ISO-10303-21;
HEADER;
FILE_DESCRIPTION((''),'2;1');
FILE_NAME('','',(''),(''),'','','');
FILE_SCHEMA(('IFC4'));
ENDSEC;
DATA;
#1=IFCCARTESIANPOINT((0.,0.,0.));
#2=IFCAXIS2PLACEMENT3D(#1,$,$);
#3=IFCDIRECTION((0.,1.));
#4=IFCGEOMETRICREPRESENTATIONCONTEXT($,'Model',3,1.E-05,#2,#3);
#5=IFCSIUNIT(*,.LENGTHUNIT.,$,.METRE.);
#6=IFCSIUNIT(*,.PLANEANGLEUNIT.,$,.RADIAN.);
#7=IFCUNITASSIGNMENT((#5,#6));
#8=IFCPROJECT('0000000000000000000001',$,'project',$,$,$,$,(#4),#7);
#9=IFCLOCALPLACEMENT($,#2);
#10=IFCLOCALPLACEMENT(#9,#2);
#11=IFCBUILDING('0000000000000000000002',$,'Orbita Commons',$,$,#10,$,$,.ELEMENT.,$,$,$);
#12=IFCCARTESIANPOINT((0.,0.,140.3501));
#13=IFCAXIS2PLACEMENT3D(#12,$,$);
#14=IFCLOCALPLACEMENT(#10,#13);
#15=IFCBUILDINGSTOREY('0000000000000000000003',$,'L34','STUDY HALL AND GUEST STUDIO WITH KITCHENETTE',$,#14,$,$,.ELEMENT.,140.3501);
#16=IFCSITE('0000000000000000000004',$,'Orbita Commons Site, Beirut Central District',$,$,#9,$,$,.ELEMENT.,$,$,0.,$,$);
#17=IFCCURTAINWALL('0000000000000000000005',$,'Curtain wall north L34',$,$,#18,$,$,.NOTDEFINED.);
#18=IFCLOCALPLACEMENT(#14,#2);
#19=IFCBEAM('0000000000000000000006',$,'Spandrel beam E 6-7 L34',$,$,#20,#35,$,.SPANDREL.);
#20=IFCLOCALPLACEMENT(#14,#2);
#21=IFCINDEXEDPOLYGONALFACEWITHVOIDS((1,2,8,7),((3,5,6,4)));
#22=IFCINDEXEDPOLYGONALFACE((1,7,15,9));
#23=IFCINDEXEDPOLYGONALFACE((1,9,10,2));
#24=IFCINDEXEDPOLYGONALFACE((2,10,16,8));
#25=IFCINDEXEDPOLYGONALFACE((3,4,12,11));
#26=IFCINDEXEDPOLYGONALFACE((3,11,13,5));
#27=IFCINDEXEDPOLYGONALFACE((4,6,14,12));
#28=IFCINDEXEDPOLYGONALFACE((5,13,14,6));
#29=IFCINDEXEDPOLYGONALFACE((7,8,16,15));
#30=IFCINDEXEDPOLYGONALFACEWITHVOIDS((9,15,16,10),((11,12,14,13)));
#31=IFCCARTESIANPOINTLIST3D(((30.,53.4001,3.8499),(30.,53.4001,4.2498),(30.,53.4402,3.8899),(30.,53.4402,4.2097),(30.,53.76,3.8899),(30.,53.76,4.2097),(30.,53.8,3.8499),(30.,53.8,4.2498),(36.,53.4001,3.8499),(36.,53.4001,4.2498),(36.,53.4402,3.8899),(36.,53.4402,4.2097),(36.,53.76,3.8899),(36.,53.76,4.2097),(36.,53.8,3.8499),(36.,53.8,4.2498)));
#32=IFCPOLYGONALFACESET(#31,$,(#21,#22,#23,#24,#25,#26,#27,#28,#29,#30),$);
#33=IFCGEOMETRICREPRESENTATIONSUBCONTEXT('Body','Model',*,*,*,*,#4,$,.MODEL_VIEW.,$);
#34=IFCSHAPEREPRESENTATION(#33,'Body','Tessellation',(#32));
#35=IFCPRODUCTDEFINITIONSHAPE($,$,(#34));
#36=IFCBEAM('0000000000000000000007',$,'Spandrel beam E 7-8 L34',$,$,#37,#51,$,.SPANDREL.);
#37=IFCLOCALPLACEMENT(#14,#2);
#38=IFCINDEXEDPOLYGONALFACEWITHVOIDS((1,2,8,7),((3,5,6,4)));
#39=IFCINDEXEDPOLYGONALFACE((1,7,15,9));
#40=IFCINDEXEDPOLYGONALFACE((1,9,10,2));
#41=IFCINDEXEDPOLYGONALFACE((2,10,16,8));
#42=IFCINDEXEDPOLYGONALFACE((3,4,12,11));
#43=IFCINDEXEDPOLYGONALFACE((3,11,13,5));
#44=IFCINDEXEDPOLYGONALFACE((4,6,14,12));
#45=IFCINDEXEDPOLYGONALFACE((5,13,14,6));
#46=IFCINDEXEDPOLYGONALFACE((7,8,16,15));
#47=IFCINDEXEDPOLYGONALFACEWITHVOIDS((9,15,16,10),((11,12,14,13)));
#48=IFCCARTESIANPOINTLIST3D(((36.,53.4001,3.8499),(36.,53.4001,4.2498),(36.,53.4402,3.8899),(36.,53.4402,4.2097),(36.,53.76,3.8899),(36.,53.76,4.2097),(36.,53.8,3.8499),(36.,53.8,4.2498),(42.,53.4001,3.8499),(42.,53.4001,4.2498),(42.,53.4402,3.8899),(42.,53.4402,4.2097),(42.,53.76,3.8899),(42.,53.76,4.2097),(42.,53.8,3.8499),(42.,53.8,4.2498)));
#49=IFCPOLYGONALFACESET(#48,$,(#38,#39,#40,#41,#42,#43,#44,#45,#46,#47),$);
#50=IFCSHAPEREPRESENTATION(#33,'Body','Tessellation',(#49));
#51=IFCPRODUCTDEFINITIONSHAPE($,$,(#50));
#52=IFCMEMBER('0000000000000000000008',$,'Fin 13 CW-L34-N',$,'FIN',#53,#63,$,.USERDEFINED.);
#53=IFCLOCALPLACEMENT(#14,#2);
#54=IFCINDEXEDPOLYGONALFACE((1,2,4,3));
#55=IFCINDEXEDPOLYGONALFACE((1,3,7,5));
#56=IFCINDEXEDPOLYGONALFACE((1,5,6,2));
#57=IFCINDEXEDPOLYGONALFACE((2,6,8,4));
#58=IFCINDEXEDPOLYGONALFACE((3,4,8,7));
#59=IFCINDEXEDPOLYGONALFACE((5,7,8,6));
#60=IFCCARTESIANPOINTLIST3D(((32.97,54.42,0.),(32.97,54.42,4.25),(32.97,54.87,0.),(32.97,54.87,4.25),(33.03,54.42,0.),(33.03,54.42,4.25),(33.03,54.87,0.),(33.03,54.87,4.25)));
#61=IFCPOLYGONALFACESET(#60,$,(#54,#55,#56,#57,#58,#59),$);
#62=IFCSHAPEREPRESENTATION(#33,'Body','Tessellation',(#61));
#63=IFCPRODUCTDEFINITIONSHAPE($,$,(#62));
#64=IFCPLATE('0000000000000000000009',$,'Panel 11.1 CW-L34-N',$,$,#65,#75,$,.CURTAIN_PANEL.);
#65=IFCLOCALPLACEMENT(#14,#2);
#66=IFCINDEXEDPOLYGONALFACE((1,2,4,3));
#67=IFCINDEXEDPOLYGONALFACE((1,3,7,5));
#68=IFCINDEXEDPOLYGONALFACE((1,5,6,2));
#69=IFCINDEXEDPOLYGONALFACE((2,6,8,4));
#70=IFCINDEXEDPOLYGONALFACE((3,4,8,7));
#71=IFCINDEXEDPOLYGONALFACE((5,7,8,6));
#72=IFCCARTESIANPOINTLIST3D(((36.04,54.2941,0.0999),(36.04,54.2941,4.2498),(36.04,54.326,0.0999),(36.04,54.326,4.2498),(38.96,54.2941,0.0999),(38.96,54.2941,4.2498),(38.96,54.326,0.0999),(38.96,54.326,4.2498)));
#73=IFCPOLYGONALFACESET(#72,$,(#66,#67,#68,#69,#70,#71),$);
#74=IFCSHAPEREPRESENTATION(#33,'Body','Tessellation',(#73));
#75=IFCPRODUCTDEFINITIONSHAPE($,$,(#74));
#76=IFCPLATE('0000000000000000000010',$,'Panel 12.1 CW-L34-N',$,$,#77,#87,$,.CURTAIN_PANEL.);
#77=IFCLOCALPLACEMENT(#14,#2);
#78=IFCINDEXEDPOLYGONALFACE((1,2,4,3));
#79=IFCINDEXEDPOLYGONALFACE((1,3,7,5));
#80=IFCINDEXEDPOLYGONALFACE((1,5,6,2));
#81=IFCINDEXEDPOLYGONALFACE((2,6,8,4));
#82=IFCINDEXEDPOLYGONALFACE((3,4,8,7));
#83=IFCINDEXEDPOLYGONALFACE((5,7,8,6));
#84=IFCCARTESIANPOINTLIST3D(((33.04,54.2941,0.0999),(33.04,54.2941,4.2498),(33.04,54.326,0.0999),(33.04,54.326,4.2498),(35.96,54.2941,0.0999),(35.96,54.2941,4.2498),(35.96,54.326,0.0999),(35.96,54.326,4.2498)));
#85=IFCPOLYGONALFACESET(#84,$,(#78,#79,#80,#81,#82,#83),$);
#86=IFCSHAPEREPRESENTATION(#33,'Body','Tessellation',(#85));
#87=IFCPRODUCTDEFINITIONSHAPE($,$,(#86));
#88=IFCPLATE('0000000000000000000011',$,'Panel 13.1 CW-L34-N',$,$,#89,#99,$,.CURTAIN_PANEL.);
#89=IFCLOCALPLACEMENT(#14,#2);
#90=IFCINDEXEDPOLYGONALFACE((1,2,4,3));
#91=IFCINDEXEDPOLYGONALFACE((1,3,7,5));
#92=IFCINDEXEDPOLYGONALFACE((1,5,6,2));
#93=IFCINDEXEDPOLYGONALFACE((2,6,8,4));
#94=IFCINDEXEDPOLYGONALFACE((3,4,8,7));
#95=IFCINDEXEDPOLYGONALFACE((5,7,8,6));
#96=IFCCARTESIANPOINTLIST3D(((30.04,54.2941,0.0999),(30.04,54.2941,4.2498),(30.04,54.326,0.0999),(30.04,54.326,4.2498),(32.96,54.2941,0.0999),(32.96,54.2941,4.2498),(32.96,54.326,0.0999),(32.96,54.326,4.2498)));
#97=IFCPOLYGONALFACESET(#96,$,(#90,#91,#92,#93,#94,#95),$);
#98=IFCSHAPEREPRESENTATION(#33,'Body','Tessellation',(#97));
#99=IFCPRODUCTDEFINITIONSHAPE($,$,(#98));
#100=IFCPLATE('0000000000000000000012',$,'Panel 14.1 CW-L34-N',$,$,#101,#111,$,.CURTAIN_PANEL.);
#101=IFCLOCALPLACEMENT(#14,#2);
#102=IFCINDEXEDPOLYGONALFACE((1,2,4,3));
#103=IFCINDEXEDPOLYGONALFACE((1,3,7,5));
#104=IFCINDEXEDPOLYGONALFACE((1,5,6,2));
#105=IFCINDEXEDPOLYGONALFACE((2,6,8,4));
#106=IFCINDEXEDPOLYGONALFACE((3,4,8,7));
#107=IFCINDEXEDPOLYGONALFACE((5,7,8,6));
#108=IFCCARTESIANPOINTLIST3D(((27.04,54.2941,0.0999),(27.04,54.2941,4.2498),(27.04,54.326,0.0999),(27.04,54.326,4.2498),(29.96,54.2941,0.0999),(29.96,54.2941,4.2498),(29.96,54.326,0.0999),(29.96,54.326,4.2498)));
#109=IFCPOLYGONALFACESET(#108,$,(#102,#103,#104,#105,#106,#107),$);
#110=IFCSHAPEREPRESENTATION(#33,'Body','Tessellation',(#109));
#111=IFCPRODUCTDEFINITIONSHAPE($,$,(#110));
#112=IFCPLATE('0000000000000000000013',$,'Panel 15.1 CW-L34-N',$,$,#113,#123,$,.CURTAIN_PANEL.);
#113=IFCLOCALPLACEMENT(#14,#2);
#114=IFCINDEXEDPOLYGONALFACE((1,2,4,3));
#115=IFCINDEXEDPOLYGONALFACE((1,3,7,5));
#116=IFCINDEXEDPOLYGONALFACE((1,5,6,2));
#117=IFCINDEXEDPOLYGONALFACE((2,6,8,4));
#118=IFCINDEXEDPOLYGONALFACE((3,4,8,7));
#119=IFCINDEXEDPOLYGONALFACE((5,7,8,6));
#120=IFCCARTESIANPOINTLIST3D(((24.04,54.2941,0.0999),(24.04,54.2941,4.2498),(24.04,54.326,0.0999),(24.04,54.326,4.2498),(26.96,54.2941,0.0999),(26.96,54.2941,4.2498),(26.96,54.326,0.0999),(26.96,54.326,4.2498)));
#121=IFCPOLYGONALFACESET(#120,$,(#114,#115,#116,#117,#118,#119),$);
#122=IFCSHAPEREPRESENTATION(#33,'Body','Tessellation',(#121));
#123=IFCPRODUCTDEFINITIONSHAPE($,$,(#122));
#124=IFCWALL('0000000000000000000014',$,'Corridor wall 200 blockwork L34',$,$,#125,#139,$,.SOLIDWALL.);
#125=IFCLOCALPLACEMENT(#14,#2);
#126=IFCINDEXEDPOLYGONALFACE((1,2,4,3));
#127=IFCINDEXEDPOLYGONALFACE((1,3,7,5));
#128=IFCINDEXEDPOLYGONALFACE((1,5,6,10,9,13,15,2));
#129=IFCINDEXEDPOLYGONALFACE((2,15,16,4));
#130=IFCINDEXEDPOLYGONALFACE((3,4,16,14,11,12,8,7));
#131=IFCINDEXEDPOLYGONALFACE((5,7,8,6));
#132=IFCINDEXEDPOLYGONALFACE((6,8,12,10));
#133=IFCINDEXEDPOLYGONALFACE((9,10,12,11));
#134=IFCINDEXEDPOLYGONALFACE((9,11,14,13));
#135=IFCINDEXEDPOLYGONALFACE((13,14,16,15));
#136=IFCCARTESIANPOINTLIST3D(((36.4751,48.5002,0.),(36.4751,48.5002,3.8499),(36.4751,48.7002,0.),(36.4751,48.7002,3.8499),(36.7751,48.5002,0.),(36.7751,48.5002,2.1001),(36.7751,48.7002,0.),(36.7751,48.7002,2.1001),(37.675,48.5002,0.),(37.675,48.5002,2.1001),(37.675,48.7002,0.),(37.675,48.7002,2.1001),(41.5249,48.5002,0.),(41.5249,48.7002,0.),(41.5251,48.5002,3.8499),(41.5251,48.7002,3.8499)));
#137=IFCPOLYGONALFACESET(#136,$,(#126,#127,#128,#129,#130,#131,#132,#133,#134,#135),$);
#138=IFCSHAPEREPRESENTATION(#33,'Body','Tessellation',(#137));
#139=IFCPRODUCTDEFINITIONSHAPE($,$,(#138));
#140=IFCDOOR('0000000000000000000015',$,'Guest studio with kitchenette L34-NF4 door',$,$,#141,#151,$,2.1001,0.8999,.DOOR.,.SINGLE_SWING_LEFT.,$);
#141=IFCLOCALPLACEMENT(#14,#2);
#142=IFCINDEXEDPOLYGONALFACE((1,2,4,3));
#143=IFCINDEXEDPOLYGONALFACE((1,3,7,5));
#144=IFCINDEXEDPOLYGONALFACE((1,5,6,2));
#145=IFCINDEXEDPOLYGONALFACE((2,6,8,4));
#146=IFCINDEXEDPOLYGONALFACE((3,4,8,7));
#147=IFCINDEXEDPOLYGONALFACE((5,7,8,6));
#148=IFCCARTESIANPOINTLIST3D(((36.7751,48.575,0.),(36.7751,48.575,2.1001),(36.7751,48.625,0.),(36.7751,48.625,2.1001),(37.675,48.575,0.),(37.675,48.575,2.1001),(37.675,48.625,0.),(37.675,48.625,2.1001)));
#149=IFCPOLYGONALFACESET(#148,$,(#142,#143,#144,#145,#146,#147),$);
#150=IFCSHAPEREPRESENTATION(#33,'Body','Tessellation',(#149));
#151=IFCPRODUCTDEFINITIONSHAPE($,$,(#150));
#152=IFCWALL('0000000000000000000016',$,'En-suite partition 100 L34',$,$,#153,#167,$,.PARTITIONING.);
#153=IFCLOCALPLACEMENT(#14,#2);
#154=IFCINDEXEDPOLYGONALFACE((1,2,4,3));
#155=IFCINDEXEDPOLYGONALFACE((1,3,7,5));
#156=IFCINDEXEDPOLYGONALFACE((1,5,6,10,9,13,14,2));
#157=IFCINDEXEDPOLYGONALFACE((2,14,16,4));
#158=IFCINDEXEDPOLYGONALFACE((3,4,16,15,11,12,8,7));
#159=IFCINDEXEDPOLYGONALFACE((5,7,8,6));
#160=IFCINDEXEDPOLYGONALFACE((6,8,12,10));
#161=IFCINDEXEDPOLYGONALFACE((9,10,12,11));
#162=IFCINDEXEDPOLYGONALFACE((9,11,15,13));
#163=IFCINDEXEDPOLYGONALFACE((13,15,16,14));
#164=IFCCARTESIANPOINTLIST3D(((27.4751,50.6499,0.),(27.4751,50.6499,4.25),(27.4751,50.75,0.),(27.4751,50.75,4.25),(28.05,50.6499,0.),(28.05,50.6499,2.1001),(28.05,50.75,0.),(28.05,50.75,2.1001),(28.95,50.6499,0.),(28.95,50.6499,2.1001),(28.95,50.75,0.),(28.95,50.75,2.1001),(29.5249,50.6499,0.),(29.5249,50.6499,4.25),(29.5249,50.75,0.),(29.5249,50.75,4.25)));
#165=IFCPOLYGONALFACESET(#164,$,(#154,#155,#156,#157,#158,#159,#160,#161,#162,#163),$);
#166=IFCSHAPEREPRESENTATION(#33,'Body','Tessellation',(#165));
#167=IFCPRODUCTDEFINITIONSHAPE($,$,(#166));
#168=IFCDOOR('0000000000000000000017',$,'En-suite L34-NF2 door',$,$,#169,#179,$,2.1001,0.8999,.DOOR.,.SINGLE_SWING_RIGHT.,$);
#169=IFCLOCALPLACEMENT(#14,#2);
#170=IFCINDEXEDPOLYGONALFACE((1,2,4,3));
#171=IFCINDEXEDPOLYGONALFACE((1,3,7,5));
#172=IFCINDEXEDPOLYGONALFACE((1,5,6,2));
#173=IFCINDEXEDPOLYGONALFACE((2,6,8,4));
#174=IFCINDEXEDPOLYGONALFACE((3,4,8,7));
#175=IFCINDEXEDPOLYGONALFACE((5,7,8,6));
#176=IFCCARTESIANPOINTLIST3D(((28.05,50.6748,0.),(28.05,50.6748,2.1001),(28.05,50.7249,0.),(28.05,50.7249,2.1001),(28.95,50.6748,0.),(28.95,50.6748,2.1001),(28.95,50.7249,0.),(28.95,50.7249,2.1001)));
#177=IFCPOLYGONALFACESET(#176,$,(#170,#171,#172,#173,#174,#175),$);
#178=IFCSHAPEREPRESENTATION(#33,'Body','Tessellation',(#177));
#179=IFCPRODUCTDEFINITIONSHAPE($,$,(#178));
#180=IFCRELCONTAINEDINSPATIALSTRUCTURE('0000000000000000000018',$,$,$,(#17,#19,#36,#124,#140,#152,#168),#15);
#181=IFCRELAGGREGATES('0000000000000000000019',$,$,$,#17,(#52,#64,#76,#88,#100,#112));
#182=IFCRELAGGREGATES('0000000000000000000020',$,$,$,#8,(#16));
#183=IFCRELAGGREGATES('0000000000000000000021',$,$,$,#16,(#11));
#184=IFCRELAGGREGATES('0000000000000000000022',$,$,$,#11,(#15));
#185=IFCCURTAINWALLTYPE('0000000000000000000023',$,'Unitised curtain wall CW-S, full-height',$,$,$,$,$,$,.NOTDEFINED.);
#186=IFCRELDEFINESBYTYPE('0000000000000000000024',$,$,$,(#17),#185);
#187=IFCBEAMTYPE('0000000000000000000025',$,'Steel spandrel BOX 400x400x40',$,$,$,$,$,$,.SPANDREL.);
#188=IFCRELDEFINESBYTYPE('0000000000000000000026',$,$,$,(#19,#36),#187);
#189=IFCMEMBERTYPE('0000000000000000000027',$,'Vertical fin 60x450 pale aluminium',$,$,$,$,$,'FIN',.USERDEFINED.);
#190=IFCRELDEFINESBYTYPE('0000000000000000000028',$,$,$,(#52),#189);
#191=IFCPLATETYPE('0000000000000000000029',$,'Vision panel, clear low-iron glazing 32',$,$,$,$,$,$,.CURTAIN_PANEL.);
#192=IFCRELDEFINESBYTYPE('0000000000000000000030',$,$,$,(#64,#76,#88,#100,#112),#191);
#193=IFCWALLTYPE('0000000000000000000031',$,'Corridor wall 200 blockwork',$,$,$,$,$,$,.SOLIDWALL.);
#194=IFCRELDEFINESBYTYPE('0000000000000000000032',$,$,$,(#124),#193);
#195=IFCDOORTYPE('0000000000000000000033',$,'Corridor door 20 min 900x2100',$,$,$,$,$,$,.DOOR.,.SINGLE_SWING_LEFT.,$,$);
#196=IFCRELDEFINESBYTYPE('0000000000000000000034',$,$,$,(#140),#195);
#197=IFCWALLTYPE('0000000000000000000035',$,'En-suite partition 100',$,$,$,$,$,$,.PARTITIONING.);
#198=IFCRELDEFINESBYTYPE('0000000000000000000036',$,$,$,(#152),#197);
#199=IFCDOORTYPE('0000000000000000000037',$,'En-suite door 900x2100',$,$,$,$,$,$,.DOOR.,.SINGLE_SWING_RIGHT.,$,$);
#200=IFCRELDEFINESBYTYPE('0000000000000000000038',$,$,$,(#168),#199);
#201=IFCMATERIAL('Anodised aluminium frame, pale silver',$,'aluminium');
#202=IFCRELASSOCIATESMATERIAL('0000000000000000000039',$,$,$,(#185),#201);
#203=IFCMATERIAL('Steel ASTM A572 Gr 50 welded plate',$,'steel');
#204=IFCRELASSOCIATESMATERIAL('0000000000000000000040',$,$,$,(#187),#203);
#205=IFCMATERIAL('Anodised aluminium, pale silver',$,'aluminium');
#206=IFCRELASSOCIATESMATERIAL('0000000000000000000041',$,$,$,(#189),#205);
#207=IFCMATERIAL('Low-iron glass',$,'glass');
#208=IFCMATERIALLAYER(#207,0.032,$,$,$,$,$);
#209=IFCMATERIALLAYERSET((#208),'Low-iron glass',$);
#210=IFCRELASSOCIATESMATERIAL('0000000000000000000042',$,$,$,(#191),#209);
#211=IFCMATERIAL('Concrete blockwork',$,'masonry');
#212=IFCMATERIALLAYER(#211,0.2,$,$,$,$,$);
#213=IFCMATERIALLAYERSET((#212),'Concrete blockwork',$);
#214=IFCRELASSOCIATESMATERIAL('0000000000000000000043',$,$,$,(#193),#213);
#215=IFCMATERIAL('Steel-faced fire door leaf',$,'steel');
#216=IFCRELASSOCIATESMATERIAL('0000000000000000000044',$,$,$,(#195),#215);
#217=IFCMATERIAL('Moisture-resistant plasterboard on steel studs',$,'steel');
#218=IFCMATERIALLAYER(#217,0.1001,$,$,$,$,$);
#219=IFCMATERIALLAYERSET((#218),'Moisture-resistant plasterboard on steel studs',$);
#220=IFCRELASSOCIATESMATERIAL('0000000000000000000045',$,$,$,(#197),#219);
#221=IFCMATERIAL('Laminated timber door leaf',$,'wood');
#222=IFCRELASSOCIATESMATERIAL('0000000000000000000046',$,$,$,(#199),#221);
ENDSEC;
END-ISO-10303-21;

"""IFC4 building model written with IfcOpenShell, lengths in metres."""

from ifc_helpers import new_model, si_unit, direction, frame, frame_2d, origin, origin_2d, place, context, subcontext, project, spatial, polyline, rectangle, hollow_rectangle, outline, extrude, material, layer, layer_set, material_profile, profile_set, type_object, element, fill, aggregate, save


model = new_model("IFC4")

# Units and contexts
model_context = context("Model", 3, precision=1e-05, world=origin(), true_north=direction((0.0, 1.0)))
body_context = subcontext(model_context, "Body", "Model", "MODEL_VIEW")
ifc_project = project(units=[si_unit("LENGTHUNIT", "METRE"), si_unit("PLANEANGLEUNIT", "RADIAN")], contexts=[model_context])

# Site, building, storey
site_placement = place(None, origin())
site = spatial("IfcSite", under=ifc_project, at=site_placement, Name="Orbita Commons Site, Beirut Central District", CompositionType="ELEMENT", RefElevation=0.0)
building_placement = place(site_placement, origin())
building = spatial("IfcBuilding", under=site, at=building_placement, Name="Orbita Commons", CompositionType="ELEMENT")
storey_placement = place(building_placement, frame((0.0, 0.0, 140.3501)))
storey = spatial("IfcBuildingStorey", under=building, at=storey_placement, Name="L34", Description="STUDY HALL AND GUEST STUDIO WITH KITCHENETTE", CompositionType="ELEMENT", Elevation=140.3501)

# Curtain wall
ifc_material_1 = material(Name="Anodised aluminium frame, pale silver", Category="aluminium")
curtain_wall_type = type_object("IfcCurtainWallType", Name="Unitised curtain wall CW-S, full-height", PredefinedType="NOTDEFINED", material=ifc_material_1)
curtain_wall_placement = place(storey_placement, origin())
curtain_wall = element("IfcCurtainWall", 1, at=curtain_wall_placement, inside=storey, type_object=curtain_wall_type, Name="Curtain wall north L34", PredefinedType="NOTDEFINED")

# Beams
ifc_material_2 = material(Name="Steel ASTM A572 Gr 50 welded plate", Category="steel")
ifc_material_profile_1 = material_profile(ifc_material_2, hollow_rectangle(XDim=0.3999, YDim=0.3999, WallThickness=0.04, at=origin_2d()), Name="BOX 400x400x40")
ifc_profile_set_1 = profile_set([ifc_material_profile_1], Name="Steel ASTM A572 Gr 50 welded plate")
beam_type = type_object("IfcBeamType", Name="Steel spandrel BOX 400x400x40", PredefinedType="SPANDREL", material=ifc_profile_set_1)
for number, where, z_axis, x_axis, name in (
    (2, (30.0, 53.6001, 4.0498), (1.0, 0.0, 0.0), (0.0, 1.0, 0.0), "Spandrel beam E 6-7 L34"),
    (3, (36.0, 53.6001, 4.0498), (1.0, 0.0, 0.0), (0.0, 1.0, 0.0), "Spandrel beam E 7-8 L34"),
):
    element("IfcBeam", number, at=place(storey_placement, frame(where, z_axis=z_axis, x_axis=x_axis)), inside=storey, type_object=beam_type, Name=name, PredefinedType="SPANDREL", context=body_context, shape_type="SweptSolid", body=[
        extrude(hollow_rectangle(XDim=0.3999, YDim=0.3999, WallThickness=0.04, at=origin_2d()), origin(), (0.0, 0.0, 1.0), 6.0),
    ])

# Member
ifc_material_3 = material(Name="Anodised aluminium, pale silver", Category="aluminium")
ifc_material_profile_2 = material_profile(ifc_material_3, rectangle(XDim=0.0601, YDim=0.45, at=origin_2d()), Name="FIN 60x450")
ifc_profile_set_2 = profile_set([ifc_material_profile_2], Name="Anodised aluminium, pale silver")
member_type_1 = type_object("IfcMemberType", Name="Vertical fin 60x450 pale aluminium", ElementType="FIN", PredefinedType="USERDEFINED", material=ifc_profile_set_2)
member_1_placement = place(storey_placement, frame((33.0, 54.645, 0.0), z_axis=(0.0, 0.0, 1.0), x_axis=(-1.0, 0.0, 0.0)))
member_1 = element("IfcMember", 4, at=member_1_placement, type_object=member_type_1, Name="Fin 13 CW-L34-N", ObjectType="FIN", PredefinedType="USERDEFINED", context=body_context, shape_type="SweptSolid", body=[
    extrude(rectangle(XDim=0.0601, YDim=0.45, at=origin_2d()), origin(), (0.0, 0.0, 1.0), 4.25),
])

# Plates
ifc_material_4 = material(Name="Low-iron glass", Category="glass")
ifc_layer_1 = layer(ifc_material_4, 0.032)
ifc_layer_set_1 = layer_set([ifc_layer_1], Name="Low-iron glass")
plate_type = type_object("IfcPlateType", Name="Vision panel, clear low-iron glazing 32", PredefinedType="CURTAIN_PANEL", material=ifc_layer_set_1)
plate_1_placement = place(storey_placement, frame((37.5, 54.3101, 0.0999), z_axis=(0.0, 0.0, 1.0), x_axis=(-1.0, 0.0, 0.0)))
plate_1 = element("IfcPlate", 5, at=plate_1_placement, type_object=plate_type, Name="Panel 11.1 CW-L34-N", PredefinedType="CURTAIN_PANEL", context=body_context, shape_type="SweptSolid", body=[
    extrude(rectangle(XDim=2.9199, YDim=0.032, at=origin_2d()), origin(), (0.0, 0.0, 1.0), 4.1499),
])
plate_2_placement = place(storey_placement, frame((34.5, 54.3101, 0.0999), z_axis=(0.0, 0.0, 1.0), x_axis=(-1.0, 0.0, 0.0)))
plate_2 = element("IfcPlate", 6, at=plate_2_placement, type_object=plate_type, Name="Panel 12.1 CW-L34-N", PredefinedType="CURTAIN_PANEL", context=body_context, shape_type="SweptSolid", body=[
    extrude(rectangle(XDim=2.9199, YDim=0.032, at=origin_2d()), origin(), (0.0, 0.0, 1.0), 4.1499),
])
plate_3_placement = place(storey_placement, frame((31.5, 54.3101, 0.0999), z_axis=(0.0, 0.0, 1.0), x_axis=(-1.0, 0.0, 0.0)))
plate_3 = element("IfcPlate", 7, at=plate_3_placement, type_object=plate_type, Name="Panel 13.1 CW-L34-N", PredefinedType="CURTAIN_PANEL", context=body_context, shape_type="SweptSolid", body=[
    extrude(rectangle(XDim=2.9199, YDim=0.032, at=origin_2d()), origin(), (0.0, 0.0, 1.0), 4.1499),
])
plate_4_placement = place(storey_placement, frame((28.5, 54.3101, 0.0999), z_axis=(0.0, 0.0, 1.0), x_axis=(-1.0, 0.0, 0.0)))
plate_4 = element("IfcPlate", 8, at=plate_4_placement, type_object=plate_type, Name="Panel 14.1 CW-L34-N", PredefinedType="CURTAIN_PANEL", context=body_context, shape_type="SweptSolid", body=[
    extrude(rectangle(XDim=2.9199, YDim=0.032, at=origin_2d()), origin(), (0.0, 0.0, 1.0), 4.1499),
])
plate_5_placement = place(storey_placement, frame((25.5, 54.3101, 0.0999), z_axis=(0.0, 0.0, 1.0), x_axis=(-1.0, 0.0, 0.0)))
plate_5 = element("IfcPlate", 9, at=plate_5_placement, type_object=plate_type, Name="Panel 15.1 CW-L34-N", PredefinedType="CURTAIN_PANEL", context=body_context, shape_type="SweptSolid", body=[
    extrude(rectangle(XDim=2.9199, YDim=0.032, at=origin_2d()), origin(), (0.0, 0.0, 1.0), 4.1499),
])
aggregate(curtain_wall, [member_1, plate_1, plate_2, plate_3, plate_4, plate_5])

# Walls, openings, doors
ifc_material_5 = material(Name="Concrete blockwork", Category="masonry")
ifc_layer_2 = layer(ifc_material_5, 0.2)
ifc_layer_set_2 = layer_set([ifc_layer_2], Name="Concrete blockwork")
wall_type_1 = type_object("IfcWallType", Name="Corridor wall 200 blockwork", PredefinedType="SOLIDWALL", material=ifc_layer_set_2)
wall_1_placement = place(storey_placement, frame((36.4751, 48.6001, 0.0), z_axis=(0.0, 0.0, 1.0), x_axis=(1.0, 0.0, 0.0)))
wall_1 = element("IfcWall", 10, at=wall_1_placement, inside=storey, type_object=wall_type_1, Name="Corridor wall 200 blockwork L34", PredefinedType="SOLIDWALL", context=body_context, shape_type="SweptSolid", body=[
    extrude(outline(polyline([(0.0, 0.0), (5.0498, 0.0), (5.05, 3.8499), (0.0, 3.8499), (0.0, 0.0)])), frame((0.0, 0.1001, 0.0), z_axis=(0.0, -1.0, 0.0), x_axis=(1.0, 0.0, 0.0)), (0.0, 0.0, 1.0), 0.2),
])
opening_1_placement = place(wall_1_placement, frame((0.3, 0.0, 0.0)))
opening_1 = element("IfcOpeningElement", 11, at=opening_1_placement, cuts=wall_1, PredefinedType="OPENING", context=body_context, shape_type="SweptSolid", body=[
    extrude(rectangle(XDim=0.8999, YDim=2.1001, at=frame_2d((0.45, 1.05))), frame((0.0, 0.1099, 0.0), z_axis=(0.0, -1.0, 0.0), x_axis=(1.0, 0.0, 0.0)), (0.0, 0.0, 1.0), 0.22),
])
ifc_material_6 = material(Name="Steel-faced fire door leaf", Category="steel")
door_type_1 = type_object("IfcDoorType", Name="Corridor door 20 min 900x2100", OperationType="SINGLE_SWING_LEFT", PredefinedType="DOOR", material=ifc_material_6)
door_1_placement = place(opening_1_placement, origin())
door_1 = element("IfcDoor", 12, at=door_1_placement, inside=storey, type_object=door_type_1, Name="Guest studio with kitchenette L34-NF4 door", OperationType="SINGLE_SWING_LEFT", OverallHeight=2.1001, OverallWidth=0.8999, PredefinedType="DOOR", context=body_context, shape_type="SweptSolid", body=[
    extrude(rectangle(XDim=0.8999, YDim=2.1001, at=frame_2d((0.45, 1.05))), frame((0.0, 0.0249, 0.0), z_axis=(0.0, -1.0, 0.0), x_axis=(1.0, 0.0, 0.0)), (0.0, 0.0, 1.0), 0.05),
])
fill(opening_1, door_1)
ifc_material_7 = material(Name="Moisture-resistant plasterboard on steel studs", Category="steel")
ifc_layer_3 = layer(ifc_material_7, 0.1001)
ifc_layer_set_3 = layer_set([ifc_layer_3], Name="Moisture-resistant plasterboard on steel studs")
wall_type_2 = type_object("IfcWallType", Name="En-suite partition 100", PredefinedType="PARTITIONING", material=ifc_layer_set_3)
wall_2_placement = place(storey_placement, frame((27.4751, 50.7, 0.0), z_axis=(0.0, 0.0, 1.0), x_axis=(1.0, 0.0, 0.0)))
wall_2 = element("IfcWall", 13, at=wall_2_placement, inside=storey, type_object=wall_type_2, Name="En-suite partition 100 L34", PredefinedType="PARTITIONING", context=body_context, shape_type="SweptSolid", body=[
    extrude(rectangle(XDim=2.0498, YDim=0.1001, at=frame_2d((1.0249, 0.0))), origin(), (0.0, 0.0, 1.0), 4.25),
])
opening_2_placement = place(wall_2_placement, frame((0.575, 0.0, 0.0)))
opening_2 = element("IfcOpeningElement", 14, at=opening_2_placement, cuts=wall_2, PredefinedType="OPENING", context=body_context, shape_type="SweptSolid", body=[
    extrude(rectangle(XDim=0.8999, YDim=2.1001, at=frame_2d((0.45, 1.05))), frame((0.0, 0.0601, 0.0), z_axis=(0.0, -1.0, 0.0), x_axis=(1.0, 0.0, 0.0)), (0.0, 0.0, 1.0), 0.1201),
])
ifc_material_8 = material(Name="Laminated timber door leaf", Category="wood")
door_type_2 = type_object("IfcDoorType", Name="En-suite door 900x2100", OperationType="SINGLE_SWING_RIGHT", PredefinedType="DOOR", material=ifc_material_8)
door_2_placement = place(opening_2_placement, origin())
door_2 = element("IfcDoor", 15, at=door_2_placement, inside=storey, type_object=door_type_2, Name="En-suite L34-NF2 door", OperationType="SINGLE_SWING_RIGHT", OverallHeight=2.1001, OverallWidth=0.8999, PredefinedType="DOOR", context=body_context, shape_type="SweptSolid", body=[
    extrude(rectangle(XDim=0.8999, YDim=2.1001, at=frame_2d((0.45, 1.05))), frame((0.0, 0.0249, 0.0), z_axis=(0.0, -1.0, 0.0), x_axis=(1.0, 0.0, 0.0)), (0.0, 0.0, 1.0), 0.05),
])
fill(opening_2, door_2)

save(model, "model.ifc")
